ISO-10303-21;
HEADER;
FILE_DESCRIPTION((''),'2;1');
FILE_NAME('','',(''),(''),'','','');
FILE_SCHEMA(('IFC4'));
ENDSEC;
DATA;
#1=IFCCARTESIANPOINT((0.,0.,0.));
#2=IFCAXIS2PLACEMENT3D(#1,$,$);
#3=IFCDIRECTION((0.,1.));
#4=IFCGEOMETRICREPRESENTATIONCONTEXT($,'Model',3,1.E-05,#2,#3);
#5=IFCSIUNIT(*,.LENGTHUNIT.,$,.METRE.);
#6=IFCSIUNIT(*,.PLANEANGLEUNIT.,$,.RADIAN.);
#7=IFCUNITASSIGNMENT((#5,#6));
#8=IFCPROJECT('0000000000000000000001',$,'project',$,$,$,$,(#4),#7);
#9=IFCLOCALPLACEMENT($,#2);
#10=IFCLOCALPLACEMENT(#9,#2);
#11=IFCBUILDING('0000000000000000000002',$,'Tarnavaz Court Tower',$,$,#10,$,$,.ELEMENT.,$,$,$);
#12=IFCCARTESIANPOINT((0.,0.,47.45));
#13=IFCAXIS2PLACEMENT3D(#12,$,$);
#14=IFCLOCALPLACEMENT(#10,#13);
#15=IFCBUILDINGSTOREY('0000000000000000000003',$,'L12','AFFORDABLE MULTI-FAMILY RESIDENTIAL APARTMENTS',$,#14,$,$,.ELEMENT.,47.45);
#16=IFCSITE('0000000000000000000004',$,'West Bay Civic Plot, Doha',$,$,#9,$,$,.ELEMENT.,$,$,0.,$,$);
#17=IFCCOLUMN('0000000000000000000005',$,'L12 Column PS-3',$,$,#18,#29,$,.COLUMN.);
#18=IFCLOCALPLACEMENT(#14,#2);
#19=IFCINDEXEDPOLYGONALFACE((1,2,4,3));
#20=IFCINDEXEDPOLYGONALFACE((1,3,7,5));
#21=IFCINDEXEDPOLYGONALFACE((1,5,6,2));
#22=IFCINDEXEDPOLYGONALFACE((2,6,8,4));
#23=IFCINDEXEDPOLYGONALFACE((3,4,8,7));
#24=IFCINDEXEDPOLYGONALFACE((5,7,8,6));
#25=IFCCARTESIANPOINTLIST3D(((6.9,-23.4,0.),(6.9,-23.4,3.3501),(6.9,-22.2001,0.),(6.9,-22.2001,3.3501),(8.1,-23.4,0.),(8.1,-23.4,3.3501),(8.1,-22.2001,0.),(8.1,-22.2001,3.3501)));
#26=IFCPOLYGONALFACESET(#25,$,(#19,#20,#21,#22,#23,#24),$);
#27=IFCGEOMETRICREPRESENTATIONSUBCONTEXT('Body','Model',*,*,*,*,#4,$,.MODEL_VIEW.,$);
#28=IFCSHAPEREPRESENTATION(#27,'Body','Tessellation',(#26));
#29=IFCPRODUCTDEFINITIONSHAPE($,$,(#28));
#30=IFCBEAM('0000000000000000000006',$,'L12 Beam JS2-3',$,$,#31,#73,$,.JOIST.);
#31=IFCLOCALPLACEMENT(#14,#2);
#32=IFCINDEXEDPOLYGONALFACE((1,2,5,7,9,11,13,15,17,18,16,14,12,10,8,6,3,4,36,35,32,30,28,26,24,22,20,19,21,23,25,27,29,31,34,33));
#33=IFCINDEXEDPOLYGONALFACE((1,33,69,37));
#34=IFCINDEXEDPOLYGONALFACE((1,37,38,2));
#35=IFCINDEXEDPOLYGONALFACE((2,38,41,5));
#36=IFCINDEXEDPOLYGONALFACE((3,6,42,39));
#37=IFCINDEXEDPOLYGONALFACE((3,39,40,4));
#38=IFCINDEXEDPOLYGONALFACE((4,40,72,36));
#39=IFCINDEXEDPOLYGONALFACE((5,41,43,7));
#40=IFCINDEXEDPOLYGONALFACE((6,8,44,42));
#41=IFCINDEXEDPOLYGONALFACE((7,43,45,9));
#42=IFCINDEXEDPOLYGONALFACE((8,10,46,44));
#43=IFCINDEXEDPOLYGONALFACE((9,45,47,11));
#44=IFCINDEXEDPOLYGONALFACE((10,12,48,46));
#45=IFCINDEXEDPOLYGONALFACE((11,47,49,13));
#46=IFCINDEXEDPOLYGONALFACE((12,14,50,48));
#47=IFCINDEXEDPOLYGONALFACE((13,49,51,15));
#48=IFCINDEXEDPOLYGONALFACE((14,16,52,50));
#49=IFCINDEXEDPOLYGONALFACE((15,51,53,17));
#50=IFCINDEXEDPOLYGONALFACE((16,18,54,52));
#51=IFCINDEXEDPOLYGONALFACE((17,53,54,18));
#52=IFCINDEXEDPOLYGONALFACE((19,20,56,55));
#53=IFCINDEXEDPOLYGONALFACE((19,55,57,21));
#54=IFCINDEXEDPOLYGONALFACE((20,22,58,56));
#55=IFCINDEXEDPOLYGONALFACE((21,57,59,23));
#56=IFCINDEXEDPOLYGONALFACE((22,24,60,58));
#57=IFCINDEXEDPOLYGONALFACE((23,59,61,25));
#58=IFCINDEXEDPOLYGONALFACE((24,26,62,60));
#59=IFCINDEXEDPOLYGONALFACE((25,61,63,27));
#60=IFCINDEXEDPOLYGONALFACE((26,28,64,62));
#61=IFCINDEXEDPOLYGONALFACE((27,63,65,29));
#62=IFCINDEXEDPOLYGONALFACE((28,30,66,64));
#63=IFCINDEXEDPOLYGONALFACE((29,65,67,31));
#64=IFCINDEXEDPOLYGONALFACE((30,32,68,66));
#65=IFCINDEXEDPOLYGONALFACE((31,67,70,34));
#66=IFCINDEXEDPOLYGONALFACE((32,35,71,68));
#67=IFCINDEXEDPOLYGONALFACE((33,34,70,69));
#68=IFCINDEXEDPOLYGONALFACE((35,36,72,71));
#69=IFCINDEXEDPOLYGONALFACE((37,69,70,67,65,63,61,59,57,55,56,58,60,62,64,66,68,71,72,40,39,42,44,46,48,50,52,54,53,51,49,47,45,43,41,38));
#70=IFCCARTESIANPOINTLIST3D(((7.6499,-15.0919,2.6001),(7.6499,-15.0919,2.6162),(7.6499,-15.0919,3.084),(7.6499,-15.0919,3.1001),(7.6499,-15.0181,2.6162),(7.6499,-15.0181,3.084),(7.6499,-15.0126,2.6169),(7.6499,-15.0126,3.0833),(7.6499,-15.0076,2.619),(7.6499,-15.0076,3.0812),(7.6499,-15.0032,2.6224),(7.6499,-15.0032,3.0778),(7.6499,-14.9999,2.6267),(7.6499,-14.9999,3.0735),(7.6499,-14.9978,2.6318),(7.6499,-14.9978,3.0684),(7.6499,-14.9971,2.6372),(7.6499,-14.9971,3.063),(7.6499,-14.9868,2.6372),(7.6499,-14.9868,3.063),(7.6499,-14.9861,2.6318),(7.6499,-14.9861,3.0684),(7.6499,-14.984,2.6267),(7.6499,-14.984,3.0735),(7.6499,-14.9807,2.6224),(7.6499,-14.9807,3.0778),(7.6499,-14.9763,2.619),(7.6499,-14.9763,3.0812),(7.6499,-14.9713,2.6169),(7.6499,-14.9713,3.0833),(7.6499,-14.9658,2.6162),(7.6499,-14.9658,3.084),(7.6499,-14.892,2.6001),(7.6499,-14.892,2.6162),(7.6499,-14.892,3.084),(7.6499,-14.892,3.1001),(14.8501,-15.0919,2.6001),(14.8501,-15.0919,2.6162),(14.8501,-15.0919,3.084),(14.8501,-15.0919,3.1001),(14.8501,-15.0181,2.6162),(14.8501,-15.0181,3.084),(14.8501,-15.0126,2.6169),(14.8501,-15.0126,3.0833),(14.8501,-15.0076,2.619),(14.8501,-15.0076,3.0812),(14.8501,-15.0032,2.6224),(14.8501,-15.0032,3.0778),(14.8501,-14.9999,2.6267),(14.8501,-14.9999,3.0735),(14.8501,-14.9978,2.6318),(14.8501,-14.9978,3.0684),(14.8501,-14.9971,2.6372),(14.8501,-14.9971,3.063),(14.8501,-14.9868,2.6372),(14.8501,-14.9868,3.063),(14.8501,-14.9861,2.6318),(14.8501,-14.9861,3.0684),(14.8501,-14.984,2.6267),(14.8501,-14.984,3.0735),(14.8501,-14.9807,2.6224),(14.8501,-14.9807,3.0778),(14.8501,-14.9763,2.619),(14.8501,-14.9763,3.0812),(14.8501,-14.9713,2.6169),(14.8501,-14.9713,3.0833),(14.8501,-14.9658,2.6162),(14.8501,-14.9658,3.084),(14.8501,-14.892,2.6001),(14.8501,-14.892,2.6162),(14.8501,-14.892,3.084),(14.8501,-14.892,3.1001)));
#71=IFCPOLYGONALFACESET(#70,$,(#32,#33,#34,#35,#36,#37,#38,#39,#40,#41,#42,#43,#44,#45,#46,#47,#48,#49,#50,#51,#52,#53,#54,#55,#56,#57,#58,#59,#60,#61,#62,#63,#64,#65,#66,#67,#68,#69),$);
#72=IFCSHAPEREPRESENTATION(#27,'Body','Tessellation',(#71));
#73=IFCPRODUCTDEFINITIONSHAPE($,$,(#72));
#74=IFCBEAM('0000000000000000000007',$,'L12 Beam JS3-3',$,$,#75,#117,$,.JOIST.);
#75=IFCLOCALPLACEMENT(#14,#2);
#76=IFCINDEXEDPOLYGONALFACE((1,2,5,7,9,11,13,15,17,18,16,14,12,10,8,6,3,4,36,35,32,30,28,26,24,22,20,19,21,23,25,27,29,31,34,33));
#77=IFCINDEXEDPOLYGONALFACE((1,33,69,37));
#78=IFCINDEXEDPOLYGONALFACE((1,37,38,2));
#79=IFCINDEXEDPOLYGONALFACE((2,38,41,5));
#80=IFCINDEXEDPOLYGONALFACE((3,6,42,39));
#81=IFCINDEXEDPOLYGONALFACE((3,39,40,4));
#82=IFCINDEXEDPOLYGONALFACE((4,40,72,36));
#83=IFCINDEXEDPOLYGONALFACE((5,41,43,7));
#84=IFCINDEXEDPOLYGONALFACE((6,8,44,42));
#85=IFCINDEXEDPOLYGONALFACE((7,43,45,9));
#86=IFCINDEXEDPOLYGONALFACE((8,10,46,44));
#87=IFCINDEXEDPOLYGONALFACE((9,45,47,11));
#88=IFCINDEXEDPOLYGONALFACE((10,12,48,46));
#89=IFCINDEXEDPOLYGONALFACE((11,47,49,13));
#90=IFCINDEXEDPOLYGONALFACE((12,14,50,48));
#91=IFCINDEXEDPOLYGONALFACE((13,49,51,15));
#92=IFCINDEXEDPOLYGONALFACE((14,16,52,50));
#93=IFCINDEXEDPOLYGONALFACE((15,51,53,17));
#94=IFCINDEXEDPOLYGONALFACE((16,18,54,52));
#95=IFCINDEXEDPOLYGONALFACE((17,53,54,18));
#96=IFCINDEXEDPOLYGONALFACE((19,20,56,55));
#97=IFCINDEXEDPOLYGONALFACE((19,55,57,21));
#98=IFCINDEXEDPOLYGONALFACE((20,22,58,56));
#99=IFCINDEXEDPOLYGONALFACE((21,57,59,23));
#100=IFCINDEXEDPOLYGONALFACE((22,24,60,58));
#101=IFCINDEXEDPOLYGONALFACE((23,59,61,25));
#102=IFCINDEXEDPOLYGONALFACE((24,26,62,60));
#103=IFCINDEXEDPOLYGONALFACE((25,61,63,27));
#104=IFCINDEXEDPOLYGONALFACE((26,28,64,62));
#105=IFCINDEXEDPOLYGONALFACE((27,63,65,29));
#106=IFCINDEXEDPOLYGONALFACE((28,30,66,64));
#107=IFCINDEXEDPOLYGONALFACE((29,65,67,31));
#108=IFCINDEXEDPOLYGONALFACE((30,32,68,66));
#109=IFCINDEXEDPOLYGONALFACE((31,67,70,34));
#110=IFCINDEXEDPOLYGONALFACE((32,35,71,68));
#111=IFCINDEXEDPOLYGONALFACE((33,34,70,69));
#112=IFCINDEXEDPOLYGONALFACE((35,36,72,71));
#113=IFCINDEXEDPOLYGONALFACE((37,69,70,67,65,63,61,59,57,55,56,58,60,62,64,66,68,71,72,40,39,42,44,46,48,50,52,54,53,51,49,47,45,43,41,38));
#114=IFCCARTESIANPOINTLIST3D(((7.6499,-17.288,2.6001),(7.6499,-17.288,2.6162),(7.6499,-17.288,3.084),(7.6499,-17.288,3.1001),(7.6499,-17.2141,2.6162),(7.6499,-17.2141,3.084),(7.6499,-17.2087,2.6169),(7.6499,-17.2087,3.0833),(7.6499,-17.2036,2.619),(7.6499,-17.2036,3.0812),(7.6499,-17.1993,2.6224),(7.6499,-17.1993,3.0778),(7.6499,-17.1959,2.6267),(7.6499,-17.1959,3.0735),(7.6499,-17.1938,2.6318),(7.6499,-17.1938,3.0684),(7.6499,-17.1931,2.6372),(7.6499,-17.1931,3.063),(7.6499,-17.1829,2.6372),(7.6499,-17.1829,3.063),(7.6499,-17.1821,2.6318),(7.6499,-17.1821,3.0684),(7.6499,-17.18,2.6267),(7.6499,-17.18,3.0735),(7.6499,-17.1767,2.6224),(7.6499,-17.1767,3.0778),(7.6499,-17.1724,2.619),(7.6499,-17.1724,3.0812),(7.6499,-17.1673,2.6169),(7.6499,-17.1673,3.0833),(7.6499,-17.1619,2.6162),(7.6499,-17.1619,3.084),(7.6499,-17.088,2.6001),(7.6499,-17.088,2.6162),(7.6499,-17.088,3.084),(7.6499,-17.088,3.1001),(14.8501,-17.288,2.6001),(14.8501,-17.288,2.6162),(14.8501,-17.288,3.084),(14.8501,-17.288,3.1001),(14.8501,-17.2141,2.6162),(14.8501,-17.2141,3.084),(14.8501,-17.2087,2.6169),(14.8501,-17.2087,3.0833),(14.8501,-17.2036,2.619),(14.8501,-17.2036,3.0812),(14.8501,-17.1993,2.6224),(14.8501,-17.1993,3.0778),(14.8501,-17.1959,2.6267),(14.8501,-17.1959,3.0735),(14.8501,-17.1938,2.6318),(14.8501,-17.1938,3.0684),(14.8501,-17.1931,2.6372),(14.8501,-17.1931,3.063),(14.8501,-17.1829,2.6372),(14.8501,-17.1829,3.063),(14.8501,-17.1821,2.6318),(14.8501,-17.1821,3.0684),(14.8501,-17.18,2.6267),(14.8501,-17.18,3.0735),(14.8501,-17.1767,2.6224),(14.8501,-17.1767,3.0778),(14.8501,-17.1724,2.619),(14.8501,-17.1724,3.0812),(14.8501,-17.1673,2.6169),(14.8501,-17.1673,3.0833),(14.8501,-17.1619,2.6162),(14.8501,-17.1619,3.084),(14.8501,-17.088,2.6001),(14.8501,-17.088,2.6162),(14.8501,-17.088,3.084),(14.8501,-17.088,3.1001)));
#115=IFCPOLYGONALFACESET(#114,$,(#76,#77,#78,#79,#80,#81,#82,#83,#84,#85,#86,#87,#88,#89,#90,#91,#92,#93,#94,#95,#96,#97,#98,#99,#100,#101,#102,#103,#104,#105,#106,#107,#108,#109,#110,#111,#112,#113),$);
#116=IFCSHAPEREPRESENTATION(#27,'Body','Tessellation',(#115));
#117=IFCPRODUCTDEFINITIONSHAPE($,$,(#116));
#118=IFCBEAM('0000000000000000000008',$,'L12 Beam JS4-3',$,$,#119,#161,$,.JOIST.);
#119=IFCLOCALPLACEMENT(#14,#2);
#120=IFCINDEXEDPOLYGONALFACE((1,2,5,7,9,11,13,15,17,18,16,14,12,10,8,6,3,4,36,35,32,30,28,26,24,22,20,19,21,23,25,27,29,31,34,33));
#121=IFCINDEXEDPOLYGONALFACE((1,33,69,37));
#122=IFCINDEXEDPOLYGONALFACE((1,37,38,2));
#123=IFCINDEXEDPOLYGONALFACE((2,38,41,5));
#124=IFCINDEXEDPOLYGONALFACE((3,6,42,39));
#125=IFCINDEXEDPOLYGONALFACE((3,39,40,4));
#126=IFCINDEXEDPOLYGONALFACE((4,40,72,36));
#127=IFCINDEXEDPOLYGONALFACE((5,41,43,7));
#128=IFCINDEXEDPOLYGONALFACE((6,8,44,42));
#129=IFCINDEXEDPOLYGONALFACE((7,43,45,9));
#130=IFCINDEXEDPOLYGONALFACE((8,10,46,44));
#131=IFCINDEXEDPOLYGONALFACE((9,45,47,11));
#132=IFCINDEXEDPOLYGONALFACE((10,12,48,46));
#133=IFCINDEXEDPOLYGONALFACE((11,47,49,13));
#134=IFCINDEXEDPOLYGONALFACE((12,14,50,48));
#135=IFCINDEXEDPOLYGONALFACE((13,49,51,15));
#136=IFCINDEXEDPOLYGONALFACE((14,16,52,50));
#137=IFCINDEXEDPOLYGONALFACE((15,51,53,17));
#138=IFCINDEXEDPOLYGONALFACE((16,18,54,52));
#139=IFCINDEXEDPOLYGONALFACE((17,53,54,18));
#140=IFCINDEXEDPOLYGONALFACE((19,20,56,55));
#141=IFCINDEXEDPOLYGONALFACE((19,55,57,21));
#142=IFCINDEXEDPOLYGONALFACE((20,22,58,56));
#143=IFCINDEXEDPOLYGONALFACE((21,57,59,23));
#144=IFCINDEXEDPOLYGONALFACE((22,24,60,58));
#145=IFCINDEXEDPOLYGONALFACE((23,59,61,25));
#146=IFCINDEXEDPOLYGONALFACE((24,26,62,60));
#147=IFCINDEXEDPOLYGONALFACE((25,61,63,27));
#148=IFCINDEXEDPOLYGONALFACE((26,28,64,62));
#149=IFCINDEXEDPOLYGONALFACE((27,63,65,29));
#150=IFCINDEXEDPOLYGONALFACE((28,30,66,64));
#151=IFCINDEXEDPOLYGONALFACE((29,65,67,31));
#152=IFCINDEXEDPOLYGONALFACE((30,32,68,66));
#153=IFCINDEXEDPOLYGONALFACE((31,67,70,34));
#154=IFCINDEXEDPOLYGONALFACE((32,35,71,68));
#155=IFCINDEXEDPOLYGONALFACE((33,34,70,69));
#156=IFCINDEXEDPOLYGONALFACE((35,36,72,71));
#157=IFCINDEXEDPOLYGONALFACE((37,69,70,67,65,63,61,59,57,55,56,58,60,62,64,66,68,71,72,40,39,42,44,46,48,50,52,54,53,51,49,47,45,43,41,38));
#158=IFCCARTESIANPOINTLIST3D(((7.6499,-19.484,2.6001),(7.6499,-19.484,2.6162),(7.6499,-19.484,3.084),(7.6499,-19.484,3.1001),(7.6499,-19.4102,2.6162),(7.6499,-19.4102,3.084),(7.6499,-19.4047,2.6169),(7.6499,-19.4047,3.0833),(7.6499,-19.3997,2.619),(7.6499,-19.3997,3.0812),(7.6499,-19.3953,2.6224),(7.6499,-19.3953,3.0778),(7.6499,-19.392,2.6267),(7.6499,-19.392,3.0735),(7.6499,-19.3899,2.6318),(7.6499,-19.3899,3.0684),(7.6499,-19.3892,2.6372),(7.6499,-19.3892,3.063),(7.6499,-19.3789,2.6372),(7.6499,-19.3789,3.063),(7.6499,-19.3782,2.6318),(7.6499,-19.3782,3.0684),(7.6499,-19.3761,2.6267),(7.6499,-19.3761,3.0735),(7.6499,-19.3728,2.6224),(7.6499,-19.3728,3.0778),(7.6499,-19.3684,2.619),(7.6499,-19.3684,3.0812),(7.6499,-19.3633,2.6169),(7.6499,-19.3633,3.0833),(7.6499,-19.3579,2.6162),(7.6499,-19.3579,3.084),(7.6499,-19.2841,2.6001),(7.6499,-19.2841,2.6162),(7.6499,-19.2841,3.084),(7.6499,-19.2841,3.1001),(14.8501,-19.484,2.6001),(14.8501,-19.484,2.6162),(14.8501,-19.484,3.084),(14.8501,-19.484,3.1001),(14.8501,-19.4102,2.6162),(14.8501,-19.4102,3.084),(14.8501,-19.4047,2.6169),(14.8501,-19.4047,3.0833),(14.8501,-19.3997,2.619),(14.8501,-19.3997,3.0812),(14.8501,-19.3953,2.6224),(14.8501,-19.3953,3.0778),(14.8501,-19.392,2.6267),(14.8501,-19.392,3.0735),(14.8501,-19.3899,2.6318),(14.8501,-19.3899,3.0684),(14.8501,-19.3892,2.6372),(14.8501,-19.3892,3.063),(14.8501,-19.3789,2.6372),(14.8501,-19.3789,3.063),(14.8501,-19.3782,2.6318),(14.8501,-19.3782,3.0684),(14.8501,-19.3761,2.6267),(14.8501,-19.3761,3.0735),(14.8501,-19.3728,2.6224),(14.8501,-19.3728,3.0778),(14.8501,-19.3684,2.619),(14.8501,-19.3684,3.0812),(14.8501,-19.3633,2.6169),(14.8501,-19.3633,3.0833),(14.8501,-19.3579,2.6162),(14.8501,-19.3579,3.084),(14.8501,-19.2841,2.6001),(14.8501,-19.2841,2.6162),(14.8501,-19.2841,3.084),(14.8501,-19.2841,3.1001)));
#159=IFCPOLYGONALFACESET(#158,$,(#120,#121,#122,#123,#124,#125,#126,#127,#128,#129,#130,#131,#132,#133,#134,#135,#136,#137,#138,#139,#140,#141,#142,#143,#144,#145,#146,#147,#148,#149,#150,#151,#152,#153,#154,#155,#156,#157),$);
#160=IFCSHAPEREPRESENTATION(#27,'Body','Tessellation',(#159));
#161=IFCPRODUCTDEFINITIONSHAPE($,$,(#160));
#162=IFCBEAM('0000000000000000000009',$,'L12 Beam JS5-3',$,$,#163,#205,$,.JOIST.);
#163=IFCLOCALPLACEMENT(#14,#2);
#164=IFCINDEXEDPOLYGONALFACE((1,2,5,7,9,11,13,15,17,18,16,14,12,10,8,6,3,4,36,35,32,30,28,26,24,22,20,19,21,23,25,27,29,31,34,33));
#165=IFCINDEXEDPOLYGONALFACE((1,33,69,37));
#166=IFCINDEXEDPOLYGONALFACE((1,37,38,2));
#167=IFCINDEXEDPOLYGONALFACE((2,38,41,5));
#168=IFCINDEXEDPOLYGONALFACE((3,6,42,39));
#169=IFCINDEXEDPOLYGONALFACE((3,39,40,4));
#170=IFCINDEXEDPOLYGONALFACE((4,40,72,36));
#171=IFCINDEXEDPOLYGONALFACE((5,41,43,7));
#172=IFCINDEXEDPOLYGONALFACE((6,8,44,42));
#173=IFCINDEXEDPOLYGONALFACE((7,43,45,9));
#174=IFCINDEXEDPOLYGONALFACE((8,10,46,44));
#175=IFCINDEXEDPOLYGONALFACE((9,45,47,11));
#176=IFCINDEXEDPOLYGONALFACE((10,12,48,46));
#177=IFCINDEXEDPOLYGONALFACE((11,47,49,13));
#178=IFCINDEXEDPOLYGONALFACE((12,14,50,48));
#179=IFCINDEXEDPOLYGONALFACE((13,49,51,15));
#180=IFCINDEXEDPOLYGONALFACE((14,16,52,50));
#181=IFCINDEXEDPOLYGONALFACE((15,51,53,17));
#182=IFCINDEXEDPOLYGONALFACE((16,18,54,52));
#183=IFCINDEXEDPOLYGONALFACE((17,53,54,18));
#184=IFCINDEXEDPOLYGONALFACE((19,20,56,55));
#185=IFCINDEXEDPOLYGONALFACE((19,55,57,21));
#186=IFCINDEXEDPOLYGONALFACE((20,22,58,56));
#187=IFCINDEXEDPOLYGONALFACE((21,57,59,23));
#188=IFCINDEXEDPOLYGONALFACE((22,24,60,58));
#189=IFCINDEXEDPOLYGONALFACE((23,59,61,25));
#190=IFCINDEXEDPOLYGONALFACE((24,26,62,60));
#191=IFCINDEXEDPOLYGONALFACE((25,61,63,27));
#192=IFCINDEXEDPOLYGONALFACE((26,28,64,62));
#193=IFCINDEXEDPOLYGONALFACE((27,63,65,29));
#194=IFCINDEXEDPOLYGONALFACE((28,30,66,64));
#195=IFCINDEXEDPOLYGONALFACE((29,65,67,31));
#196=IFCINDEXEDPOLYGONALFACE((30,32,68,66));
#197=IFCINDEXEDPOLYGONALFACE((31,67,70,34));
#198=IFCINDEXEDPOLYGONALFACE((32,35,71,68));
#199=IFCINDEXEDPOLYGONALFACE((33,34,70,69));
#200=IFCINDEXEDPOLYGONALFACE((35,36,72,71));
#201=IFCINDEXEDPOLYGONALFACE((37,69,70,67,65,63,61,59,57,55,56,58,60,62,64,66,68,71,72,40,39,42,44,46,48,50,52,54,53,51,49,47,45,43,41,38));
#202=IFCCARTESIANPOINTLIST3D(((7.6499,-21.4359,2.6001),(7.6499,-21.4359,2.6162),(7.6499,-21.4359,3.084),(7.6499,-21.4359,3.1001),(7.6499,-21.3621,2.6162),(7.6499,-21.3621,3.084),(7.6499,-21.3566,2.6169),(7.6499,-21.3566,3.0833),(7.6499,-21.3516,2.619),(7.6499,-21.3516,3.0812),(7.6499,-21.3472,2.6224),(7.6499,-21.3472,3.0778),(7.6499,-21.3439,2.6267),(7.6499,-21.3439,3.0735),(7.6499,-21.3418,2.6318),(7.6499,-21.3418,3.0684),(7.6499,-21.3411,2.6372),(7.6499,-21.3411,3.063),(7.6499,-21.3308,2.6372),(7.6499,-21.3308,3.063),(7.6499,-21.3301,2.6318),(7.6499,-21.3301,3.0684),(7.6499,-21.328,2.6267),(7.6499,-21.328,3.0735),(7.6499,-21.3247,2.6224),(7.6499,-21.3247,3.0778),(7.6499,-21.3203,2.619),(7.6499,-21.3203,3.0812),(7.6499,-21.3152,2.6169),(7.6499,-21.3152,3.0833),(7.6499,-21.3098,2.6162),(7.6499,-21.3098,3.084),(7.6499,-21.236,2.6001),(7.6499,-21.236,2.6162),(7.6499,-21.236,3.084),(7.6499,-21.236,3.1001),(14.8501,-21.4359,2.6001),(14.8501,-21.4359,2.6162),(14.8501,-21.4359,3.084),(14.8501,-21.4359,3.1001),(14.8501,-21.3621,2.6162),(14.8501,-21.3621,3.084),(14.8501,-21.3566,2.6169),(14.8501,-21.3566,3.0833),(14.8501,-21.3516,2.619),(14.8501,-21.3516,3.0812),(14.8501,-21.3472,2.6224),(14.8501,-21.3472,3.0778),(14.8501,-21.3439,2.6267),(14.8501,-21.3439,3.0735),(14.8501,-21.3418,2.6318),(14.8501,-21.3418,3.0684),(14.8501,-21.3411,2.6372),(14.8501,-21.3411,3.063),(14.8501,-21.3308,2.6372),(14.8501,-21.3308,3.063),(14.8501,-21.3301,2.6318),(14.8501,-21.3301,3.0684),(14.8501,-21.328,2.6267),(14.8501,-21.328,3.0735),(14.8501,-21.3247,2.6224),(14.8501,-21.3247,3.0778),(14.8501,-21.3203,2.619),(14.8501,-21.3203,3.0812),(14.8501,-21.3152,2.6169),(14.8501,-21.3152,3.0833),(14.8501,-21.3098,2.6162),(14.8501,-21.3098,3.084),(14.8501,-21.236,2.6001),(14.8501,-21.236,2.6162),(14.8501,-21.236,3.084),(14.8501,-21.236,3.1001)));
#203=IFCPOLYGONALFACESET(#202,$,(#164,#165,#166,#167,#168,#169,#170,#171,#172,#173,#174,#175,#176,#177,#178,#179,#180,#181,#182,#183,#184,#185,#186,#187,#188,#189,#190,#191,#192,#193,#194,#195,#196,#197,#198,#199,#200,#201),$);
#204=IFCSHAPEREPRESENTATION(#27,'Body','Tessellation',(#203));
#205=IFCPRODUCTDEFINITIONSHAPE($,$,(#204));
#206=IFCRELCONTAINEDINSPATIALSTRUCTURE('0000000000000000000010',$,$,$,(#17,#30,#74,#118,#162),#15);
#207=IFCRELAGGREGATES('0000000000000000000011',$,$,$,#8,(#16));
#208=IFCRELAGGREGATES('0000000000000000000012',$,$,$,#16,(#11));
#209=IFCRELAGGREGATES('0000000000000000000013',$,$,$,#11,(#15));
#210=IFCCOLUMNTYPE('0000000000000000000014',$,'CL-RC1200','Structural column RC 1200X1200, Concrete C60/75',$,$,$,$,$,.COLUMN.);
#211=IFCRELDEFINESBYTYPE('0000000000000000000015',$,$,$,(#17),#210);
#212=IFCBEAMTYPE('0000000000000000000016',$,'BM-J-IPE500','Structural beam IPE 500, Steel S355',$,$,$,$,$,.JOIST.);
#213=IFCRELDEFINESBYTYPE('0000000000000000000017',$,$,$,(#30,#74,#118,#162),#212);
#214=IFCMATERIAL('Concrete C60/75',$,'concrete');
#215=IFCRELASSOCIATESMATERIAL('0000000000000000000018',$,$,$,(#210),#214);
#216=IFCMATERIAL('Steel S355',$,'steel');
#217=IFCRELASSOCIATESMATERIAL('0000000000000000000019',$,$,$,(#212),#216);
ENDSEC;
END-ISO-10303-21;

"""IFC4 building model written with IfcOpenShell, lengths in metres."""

from ifc_helpers import new_model, si_unit, direction, frame, origin, origin_2d, place, context, subcontext, project, spatial, rectangle, i_section, extrude, material, material_profile, profile_set, type_object, element, save


model = new_model("IFC4")

# Units and contexts
model_context = context("Model", 3, precision=1e-05, world=origin(), true_north=direction((0.0, 1.0)))
body_context = subcontext(model_context, "Body", "Model", "MODEL_VIEW")
ifc_project = project(units=[si_unit("LENGTHUNIT", "METRE"), si_unit("PLANEANGLEUNIT", "RADIAN")], contexts=[model_context])

# Site, building, storey
site_placement = place(None, origin())
site = spatial("IfcSite", under=ifc_project, at=site_placement, Name="West Bay Civic Plot, Doha", CompositionType="ELEMENT", RefElevation=0.0)
building_placement = place(site_placement, origin())
building = spatial("IfcBuilding", under=site, at=building_placement, Name="Tarnavaz Court Tower", CompositionType="ELEMENT")
storey_placement = place(building_placement, frame((0.0, 0.0, 47.45)))
storey = spatial("IfcBuildingStorey", under=building, at=storey_placement, Name="L12", Description="AFFORDABLE MULTI-FAMILY RESIDENTIAL APARTMENTS", CompositionType="ELEMENT", Elevation=47.45)

# Column
ifc_material_1 = material(Name="Concrete C60/75", Category="concrete")
ifc_material_profile_1 = material_profile(ifc_material_1, rectangle(XDim=1.2, YDim=1.2, at=origin_2d()), Name="RC 1200X1200")
ifc_profile_set_1 = profile_set([ifc_material_profile_1], Name="Concrete C60/75")
column_type = type_object("IfcColumnType", Name="CL-RC1200", Description="Structural column RC 1200X1200, Concrete C60/75", PredefinedType="COLUMN", material=ifc_profile_set_1)
column_placement = place(storey_placement, frame((7.5, -22.8, 0.0), z_axis=(0.0, 0.0, 1.0), x_axis=(1.0, 0.0, 0.0)))
element("IfcColumn", 1, at=column_placement, inside=storey, type_object=column_type, Name="L12 Column PS-3", PredefinedType="COLUMN", context=body_context, shape_type="SweptSolid", body=[
    extrude(rectangle(XDim=1.2, YDim=1.2, at=origin_2d()), origin(), (0.0, 0.0, 1.0), 3.3501),
])

# Beams
ifc_material_2 = material(Name="Steel S355", Category="steel")
ifc_material_profile_2 = material_profile(ifc_material_2, i_section(OverallWidth=0.2, OverallDepth=0.5, WebThickness=0.0103, FlangeThickness=0.0161, FilletRadius=0.021, at=origin_2d()), Name="IPE 500")
ifc_profile_set_2 = profile_set([ifc_material_profile_2], Name="Steel S355")
beam_type_1 = type_object("IfcBeamType", Name="BM-J-IPE500", Description="Structural beam IPE 500, Steel S355", PredefinedType="JOIST", material=ifc_profile_set_2)
for number, where, z_axis, x_axis, name in (
    (2, (7.6499, -14.9919, 2.8501), (1.0, 0.0, 0.0), (0.0, 1.0, 0.0), "L12 Beam JS2-3"),
    (3, (7.6499, -17.188, 2.8501), (1.0, 0.0, 0.0), (0.0, 1.0, 0.0), "L12 Beam JS3-3"),
    (4, (7.6499, -19.384, 2.8501), (1.0, 0.0, 0.0), (0.0, 1.0, 0.0), "L12 Beam JS4-3"),
    (5, (7.6499, -21.3359, 2.8501), (1.0, 0.0, 0.0), (0.0, 1.0, 0.0), "L12 Beam JS5-3"),
):
    element("IfcBeam", number, at=place(storey_placement, frame(where, z_axis=z_axis, x_axis=x_axis)), inside=storey, type_object=beam_type_1, Name=name, PredefinedType="JOIST", context=body_context, shape_type="SweptSolid", body=[
        extrude(i_section(OverallWidth=0.2, OverallDepth=0.5, WebThickness=0.0103, FlangeThickness=0.0161, FilletRadius=0.021, at=origin_2d()), origin(), (0.0, 0.0, 1.0), 7.2002),
    ])

save(model, "model.ifc")
